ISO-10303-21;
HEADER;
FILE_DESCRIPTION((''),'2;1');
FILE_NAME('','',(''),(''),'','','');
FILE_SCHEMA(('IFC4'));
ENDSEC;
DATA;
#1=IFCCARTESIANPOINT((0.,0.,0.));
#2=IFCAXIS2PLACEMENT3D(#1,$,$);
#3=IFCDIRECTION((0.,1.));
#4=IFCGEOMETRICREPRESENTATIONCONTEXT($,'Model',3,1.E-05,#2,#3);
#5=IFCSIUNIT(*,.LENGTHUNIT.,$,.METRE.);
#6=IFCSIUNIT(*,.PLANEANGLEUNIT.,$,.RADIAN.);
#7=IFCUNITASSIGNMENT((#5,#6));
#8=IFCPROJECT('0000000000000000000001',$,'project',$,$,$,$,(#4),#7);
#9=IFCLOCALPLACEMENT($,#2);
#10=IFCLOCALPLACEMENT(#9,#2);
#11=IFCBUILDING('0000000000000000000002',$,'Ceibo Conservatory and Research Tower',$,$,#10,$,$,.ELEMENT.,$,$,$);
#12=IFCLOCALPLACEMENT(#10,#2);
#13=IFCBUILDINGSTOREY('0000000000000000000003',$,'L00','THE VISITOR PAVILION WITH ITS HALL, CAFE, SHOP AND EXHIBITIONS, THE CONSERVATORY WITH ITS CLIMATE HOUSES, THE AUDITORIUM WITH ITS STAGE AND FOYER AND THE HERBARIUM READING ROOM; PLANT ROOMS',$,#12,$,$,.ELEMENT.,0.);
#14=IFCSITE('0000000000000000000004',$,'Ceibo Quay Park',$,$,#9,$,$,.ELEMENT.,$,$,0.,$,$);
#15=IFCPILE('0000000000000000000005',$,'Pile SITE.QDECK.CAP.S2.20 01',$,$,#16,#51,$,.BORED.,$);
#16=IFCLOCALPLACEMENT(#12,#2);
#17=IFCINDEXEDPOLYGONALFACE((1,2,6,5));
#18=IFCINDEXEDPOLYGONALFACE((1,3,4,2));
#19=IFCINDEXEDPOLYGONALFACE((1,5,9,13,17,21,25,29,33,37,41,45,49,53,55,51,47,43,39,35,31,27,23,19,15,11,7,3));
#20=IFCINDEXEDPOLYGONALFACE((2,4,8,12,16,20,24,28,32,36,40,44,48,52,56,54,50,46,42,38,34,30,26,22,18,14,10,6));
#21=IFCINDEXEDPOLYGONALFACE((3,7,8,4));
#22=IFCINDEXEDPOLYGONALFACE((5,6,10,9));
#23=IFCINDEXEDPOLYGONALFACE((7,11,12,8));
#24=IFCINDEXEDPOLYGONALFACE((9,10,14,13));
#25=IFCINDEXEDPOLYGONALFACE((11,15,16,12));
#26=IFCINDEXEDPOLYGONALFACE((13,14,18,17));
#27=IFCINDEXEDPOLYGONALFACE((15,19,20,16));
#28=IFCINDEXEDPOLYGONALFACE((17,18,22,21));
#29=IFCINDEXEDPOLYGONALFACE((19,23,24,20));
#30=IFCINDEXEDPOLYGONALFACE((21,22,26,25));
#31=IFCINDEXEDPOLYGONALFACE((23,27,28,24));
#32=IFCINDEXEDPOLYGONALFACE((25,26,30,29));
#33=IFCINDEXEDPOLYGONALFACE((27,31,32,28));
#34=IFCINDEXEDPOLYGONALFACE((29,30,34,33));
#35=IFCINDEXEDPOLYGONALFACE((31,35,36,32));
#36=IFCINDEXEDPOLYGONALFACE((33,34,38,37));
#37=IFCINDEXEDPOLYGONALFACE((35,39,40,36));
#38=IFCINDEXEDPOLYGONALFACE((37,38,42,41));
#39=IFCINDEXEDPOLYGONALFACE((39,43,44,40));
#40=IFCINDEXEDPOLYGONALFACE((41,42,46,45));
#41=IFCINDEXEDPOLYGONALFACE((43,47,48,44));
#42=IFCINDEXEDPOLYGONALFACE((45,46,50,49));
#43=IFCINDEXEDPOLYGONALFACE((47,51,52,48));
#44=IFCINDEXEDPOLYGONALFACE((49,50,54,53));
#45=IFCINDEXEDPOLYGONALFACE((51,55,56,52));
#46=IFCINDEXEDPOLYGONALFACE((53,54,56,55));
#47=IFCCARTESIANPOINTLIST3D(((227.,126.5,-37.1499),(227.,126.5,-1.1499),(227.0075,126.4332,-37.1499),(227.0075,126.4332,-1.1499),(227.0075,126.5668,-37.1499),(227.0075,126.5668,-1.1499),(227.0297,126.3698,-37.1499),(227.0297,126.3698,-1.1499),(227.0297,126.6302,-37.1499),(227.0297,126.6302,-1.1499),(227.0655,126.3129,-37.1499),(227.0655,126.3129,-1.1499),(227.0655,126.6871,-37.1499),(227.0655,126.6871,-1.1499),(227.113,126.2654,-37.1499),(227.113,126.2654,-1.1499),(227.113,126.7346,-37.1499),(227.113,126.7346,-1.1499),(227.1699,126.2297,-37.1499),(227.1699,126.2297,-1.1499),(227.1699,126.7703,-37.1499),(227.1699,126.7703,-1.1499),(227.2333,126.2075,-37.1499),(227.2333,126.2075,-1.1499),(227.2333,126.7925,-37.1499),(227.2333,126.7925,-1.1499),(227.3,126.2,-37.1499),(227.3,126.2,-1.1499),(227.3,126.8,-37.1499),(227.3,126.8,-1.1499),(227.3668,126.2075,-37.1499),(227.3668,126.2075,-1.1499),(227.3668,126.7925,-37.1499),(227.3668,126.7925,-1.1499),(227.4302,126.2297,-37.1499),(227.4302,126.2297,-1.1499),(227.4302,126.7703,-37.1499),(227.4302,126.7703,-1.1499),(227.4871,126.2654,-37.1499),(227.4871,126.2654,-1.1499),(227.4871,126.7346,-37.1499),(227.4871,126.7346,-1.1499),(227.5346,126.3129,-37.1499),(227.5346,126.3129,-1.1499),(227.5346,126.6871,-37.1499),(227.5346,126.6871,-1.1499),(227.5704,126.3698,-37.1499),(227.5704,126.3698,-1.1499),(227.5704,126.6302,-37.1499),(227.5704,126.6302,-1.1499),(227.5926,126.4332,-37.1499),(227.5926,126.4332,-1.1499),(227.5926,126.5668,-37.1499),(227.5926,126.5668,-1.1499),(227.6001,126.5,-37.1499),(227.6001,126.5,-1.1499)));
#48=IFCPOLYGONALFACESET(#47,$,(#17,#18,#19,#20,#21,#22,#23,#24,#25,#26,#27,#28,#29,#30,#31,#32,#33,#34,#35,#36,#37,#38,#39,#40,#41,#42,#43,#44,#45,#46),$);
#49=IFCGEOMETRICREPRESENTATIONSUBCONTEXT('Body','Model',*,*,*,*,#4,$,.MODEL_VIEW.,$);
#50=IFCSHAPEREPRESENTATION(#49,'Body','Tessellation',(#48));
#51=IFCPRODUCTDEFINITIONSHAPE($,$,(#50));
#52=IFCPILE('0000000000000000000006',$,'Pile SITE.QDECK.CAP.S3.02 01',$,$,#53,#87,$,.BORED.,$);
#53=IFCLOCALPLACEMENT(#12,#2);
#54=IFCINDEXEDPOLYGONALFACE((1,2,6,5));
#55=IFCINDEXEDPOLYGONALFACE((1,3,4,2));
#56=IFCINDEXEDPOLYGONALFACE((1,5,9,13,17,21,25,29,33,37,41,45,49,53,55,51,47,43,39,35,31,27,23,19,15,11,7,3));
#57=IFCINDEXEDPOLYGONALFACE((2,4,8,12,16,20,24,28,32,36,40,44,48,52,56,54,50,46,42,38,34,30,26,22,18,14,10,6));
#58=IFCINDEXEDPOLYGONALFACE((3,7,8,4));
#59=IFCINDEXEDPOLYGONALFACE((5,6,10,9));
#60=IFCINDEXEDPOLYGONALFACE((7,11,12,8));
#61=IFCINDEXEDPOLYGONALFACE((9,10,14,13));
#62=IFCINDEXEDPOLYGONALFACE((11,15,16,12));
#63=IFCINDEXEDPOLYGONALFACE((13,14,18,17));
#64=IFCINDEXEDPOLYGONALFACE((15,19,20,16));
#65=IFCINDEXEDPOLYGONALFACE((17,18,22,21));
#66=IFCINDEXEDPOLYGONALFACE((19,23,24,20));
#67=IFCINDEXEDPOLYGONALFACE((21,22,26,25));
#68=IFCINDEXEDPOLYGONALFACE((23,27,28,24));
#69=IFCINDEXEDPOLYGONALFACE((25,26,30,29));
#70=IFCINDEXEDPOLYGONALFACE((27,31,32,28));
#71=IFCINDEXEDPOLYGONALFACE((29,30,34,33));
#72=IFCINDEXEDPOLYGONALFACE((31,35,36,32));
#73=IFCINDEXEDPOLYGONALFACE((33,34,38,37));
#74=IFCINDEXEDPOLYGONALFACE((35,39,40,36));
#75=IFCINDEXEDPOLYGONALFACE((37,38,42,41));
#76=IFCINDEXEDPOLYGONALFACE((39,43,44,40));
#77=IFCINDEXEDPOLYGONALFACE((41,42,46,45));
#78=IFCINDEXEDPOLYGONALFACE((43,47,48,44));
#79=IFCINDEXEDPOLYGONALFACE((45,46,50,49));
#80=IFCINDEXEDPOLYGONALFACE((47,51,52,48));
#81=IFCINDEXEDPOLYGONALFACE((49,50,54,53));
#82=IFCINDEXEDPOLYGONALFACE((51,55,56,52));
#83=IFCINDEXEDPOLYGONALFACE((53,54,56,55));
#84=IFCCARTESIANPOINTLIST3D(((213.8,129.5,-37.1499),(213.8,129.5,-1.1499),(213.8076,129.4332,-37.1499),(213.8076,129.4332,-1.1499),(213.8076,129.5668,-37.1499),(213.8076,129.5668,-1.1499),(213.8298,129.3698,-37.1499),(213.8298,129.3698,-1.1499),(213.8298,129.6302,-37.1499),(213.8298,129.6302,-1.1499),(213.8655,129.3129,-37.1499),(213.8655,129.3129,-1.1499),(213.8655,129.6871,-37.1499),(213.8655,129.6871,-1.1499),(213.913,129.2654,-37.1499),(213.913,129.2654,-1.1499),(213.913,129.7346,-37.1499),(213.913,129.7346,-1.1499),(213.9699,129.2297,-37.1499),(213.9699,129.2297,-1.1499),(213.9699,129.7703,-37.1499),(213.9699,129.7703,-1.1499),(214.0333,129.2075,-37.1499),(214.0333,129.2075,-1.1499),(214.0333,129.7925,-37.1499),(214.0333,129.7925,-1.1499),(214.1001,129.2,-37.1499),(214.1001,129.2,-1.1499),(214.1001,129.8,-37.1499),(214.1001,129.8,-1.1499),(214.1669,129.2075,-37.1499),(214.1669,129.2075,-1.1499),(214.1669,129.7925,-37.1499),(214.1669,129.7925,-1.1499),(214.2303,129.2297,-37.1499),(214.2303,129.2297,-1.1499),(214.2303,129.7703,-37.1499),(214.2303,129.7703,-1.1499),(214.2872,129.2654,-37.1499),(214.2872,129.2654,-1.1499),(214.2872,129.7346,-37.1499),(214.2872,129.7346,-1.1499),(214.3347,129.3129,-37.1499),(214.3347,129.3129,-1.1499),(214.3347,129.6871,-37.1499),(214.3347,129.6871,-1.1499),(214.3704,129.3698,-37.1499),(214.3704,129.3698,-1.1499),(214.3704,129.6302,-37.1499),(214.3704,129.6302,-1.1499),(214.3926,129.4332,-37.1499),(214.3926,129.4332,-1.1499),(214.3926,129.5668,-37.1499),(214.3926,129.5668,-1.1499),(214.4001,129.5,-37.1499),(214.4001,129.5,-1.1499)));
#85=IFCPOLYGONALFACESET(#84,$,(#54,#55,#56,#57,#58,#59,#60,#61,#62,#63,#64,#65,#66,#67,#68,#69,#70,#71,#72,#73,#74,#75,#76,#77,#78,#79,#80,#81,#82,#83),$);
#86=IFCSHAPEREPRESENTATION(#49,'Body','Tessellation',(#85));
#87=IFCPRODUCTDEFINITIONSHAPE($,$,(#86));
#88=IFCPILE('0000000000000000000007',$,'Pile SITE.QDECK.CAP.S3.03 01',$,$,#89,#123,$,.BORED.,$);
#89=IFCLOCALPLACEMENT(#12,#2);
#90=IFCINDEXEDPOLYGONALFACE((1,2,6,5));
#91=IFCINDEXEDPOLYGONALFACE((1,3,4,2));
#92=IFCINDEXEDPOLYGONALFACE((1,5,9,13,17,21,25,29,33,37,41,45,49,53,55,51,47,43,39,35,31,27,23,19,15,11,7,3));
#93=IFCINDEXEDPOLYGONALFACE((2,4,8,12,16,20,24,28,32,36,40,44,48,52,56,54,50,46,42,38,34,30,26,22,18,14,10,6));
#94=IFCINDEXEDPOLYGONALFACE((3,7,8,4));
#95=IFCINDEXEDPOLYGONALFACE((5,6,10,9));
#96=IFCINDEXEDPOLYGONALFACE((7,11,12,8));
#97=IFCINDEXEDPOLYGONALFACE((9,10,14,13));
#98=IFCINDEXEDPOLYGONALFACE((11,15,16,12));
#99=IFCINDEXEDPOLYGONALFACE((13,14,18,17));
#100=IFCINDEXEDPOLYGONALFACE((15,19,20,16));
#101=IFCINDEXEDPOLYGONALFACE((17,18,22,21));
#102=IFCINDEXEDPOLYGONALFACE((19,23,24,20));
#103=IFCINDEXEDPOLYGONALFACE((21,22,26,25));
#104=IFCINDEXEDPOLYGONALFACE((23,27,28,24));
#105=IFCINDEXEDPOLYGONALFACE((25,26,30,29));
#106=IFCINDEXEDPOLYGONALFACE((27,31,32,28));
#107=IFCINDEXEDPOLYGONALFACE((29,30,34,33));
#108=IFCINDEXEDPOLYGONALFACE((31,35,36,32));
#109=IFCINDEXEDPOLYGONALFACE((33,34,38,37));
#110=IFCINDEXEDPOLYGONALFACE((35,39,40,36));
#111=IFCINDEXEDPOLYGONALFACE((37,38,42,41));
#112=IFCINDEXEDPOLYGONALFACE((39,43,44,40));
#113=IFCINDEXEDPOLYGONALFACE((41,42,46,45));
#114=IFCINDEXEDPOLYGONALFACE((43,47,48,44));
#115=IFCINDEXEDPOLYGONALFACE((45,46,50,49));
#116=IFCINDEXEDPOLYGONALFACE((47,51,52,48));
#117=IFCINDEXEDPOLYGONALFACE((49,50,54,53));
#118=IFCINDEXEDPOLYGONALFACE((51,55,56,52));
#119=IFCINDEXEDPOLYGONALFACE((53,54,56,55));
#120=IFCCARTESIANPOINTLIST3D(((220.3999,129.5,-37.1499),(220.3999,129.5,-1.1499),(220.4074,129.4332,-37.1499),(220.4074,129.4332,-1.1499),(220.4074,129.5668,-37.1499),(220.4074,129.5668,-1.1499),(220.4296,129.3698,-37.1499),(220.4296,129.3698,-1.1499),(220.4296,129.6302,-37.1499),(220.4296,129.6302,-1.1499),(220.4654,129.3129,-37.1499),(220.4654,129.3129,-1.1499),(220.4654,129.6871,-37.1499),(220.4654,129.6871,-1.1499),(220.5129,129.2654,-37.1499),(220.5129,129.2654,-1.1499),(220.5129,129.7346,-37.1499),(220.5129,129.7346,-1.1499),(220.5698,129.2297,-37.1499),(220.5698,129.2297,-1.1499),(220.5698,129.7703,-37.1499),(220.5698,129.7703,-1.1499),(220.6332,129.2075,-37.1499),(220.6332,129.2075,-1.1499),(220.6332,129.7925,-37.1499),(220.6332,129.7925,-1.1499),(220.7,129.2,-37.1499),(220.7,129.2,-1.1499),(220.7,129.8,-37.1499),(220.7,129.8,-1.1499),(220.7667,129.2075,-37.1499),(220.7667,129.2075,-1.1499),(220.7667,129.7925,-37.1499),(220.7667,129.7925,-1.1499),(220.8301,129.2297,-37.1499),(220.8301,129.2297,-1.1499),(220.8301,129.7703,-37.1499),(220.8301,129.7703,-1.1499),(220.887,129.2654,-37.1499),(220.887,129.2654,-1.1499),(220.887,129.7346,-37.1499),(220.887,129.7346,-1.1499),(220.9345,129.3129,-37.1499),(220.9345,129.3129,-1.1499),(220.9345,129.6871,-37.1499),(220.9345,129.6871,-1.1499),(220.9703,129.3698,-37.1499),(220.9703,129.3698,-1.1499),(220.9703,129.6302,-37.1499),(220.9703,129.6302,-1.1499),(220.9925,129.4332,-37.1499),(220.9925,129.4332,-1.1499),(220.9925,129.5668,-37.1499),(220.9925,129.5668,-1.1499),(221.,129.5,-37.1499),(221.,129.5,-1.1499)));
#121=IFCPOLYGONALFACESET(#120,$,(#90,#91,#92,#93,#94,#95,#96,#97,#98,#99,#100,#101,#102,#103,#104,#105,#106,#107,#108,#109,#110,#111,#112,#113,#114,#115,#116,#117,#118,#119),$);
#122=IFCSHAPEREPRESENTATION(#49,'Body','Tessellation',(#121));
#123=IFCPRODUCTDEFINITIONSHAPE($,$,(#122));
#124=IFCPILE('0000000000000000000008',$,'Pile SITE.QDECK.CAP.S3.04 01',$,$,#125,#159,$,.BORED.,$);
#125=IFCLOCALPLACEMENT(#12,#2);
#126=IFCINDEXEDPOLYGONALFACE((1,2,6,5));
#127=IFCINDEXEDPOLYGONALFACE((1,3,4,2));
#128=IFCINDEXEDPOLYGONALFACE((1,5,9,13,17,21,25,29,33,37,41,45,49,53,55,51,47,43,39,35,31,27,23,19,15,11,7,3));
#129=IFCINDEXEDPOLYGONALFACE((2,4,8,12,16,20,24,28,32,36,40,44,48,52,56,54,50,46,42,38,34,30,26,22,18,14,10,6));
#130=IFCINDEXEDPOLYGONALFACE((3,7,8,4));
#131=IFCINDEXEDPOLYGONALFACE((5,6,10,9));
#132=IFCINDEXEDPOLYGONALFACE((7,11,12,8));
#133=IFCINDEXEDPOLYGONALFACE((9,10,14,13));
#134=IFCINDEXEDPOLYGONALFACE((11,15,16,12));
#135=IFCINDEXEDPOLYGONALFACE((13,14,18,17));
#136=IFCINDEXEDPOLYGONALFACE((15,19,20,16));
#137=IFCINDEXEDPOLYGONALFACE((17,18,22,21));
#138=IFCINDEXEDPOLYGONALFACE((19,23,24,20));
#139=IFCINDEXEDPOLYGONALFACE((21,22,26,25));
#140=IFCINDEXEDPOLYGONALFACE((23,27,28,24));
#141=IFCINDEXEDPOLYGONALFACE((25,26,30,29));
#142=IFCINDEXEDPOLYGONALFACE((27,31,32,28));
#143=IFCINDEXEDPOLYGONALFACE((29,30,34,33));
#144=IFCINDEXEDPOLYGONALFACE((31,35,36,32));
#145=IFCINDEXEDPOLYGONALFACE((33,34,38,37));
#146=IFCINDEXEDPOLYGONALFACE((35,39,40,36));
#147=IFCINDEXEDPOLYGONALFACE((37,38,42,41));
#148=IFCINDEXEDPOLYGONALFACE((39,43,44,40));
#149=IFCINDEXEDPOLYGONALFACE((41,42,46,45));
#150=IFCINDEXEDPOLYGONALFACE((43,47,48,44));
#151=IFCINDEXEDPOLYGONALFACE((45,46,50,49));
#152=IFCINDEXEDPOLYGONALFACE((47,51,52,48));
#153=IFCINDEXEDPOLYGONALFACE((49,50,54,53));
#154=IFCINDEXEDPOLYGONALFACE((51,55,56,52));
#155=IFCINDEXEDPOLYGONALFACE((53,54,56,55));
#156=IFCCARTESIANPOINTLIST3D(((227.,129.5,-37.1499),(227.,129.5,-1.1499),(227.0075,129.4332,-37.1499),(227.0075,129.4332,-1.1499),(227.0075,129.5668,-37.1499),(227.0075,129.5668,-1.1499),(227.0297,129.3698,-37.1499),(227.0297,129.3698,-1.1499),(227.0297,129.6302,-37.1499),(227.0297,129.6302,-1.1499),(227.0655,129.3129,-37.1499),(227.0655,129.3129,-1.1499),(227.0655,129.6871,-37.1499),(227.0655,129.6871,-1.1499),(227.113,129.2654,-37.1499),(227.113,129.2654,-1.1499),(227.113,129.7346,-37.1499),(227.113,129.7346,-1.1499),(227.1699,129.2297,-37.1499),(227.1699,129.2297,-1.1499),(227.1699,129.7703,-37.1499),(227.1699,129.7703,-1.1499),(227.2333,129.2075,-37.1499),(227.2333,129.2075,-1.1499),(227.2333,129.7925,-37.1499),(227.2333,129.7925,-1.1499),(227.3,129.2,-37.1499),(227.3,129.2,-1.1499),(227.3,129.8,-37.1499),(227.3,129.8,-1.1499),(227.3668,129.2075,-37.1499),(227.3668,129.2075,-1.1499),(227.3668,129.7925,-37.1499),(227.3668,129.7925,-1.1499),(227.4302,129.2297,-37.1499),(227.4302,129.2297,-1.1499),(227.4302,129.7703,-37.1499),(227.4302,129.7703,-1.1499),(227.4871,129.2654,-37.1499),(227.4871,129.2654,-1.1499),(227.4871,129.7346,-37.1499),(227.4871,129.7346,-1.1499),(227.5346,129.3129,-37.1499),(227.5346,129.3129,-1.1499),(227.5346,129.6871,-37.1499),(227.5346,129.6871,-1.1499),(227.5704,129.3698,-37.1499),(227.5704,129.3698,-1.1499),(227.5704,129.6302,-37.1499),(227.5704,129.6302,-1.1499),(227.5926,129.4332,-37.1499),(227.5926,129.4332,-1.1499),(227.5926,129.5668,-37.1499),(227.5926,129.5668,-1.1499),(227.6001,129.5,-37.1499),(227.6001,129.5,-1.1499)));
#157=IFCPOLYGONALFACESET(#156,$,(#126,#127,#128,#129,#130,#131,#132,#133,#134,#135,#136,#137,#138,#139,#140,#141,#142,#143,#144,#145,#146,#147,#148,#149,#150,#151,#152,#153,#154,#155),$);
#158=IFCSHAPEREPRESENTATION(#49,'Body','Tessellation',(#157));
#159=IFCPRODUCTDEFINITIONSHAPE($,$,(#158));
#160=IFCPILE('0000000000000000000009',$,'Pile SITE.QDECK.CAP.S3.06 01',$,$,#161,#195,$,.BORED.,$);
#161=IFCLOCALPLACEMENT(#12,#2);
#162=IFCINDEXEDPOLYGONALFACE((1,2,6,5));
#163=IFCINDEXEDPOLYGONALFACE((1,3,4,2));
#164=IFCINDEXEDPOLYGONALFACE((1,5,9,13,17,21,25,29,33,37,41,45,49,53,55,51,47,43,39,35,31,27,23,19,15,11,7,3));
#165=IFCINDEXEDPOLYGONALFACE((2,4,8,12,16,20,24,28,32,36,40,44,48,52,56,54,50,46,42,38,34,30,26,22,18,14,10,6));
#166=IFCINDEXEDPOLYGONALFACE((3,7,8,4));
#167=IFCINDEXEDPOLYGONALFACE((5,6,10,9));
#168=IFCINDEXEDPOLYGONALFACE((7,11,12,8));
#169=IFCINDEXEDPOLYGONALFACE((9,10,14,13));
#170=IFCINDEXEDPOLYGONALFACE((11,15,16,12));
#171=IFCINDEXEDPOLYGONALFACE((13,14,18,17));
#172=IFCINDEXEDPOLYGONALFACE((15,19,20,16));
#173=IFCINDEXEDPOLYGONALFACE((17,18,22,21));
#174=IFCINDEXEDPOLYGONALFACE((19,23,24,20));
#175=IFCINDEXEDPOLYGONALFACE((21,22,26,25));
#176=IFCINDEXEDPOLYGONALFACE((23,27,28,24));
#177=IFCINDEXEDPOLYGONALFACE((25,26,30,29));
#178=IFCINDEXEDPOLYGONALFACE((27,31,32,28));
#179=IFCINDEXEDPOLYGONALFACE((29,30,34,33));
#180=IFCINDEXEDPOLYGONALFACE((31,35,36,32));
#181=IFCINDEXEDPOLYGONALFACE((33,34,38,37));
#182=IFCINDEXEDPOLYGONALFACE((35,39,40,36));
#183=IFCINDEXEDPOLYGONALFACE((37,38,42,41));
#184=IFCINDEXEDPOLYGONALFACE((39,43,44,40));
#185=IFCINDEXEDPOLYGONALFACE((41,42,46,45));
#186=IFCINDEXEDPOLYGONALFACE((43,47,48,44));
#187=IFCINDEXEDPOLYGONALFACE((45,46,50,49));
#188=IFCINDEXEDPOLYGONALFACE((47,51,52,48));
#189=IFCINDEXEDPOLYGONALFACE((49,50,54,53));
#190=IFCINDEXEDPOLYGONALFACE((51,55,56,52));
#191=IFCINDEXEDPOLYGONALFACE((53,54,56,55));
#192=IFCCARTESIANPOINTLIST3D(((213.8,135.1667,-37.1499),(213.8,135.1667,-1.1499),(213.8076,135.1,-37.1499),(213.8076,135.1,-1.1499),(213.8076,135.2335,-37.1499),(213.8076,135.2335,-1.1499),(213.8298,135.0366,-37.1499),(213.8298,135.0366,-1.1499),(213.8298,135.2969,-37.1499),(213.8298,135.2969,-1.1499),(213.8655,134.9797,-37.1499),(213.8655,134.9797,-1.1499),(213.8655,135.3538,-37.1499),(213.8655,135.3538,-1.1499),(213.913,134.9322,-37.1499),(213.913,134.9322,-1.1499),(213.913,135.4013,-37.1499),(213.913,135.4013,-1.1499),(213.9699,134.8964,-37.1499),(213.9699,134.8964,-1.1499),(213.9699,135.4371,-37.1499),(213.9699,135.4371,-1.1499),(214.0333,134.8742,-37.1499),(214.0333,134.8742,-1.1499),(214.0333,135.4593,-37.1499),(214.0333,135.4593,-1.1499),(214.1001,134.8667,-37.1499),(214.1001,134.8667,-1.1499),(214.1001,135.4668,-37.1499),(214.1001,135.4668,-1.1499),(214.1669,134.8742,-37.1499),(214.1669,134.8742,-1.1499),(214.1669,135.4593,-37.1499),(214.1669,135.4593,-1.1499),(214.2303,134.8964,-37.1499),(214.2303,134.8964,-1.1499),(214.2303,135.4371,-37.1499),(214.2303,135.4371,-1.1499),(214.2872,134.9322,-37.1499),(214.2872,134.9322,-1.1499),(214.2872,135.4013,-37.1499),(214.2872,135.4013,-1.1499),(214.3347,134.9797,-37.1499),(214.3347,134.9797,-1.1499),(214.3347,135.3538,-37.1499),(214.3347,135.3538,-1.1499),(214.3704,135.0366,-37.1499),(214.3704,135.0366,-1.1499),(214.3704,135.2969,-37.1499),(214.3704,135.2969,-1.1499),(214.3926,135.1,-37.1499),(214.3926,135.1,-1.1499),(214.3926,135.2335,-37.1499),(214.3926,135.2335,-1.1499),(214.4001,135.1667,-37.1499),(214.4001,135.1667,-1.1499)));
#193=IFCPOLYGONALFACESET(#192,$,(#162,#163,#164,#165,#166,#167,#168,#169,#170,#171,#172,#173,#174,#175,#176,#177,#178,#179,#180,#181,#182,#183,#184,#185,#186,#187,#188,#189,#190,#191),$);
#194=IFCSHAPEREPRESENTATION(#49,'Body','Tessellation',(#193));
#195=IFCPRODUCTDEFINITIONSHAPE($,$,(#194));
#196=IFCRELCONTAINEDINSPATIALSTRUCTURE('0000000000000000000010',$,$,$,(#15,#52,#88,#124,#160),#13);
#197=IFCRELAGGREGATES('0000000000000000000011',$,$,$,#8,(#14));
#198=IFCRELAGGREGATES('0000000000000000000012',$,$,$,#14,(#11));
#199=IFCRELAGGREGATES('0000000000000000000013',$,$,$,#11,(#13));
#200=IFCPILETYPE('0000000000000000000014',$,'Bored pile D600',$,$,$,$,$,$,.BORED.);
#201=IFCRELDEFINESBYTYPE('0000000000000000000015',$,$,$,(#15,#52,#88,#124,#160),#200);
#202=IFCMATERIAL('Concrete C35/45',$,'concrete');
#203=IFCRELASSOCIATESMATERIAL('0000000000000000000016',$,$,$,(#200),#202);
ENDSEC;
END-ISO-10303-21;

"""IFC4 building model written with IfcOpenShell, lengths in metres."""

from ifc_helpers import new_model, si_unit, direction, frame, origin, origin_2d, place, context, subcontext, project, spatial, circle, extrude, material, material_profile, profile_set, type_object, element, save


model = new_model("IFC4")

# Units and contexts
model_context = context("Model", 3, precision=1e-05, world=origin(), true_north=direction((0.0, 1.0)))
body_context = subcontext(model_context, "Body", "Model", "MODEL_VIEW")
ifc_project = project(units=[si_unit("LENGTHUNIT", "METRE"), si_unit("PLANEANGLEUNIT", "RADIAN")], contexts=[model_context])

# Site, building, storey
site_placement = place(None, origin())
site = spatial("IfcSite", under=ifc_project, at=site_placement, Name="Ceibo Quay Park", CompositionType="ELEMENT", RefElevation=0.0)
building_placement = place(site_placement, origin())
building = spatial("IfcBuilding", under=site, at=building_placement, Name="Ceibo Conservatory and Research Tower", CompositionType="ELEMENT")
storey_placement = place(building_placement, origin())
storey = spatial("IfcBuildingStorey", under=building, at=storey_placement, Name="L00", Description="THE VISITOR PAVILION WITH ITS HALL, CAFE, SHOP AND EXHIBITIONS, THE CONSERVATORY WITH ITS CLIMATE HOUSES, THE AUDITORIUM WITH ITS STAGE AND FOYER AND THE HERBARIUM READING ROOM; PLANT ROOMS", CompositionType="ELEMENT", Elevation=0.0)

# Piles
ifc_material = material(Name="Concrete C35/45", Category="concrete")
ifc_material_profile = material_profile(ifc_material, circle(Radius=0.3, at=origin_2d()), Name="RC D600")
ifc_profile_set = profile_set([ifc_material_profile], Name="Concrete C35/45")
pile_type = type_object("IfcPileType", Name="Bored pile D600", PredefinedType="BORED", material=ifc_profile_set)
for number, where, z_axis, x_axis, name in (
    (1, (227.3, 126.5, -1.1499), (0.0, 0.0, -1.0), (1.0, 0.0, 0.0), "Pile SITE.QDECK.CAP.S2.20 01"),
    (2, (214.1001, 129.5, -1.1499), (0.0, 0.0, -1.0), (1.0, 0.0, 0.0), "Pile SITE.QDECK.CAP.S3.02 01"),
    (3, (220.7, 129.5, -1.1499), (0.0, 0.0, -1.0), (1.0, 0.0, 0.0), "Pile SITE.QDECK.CAP.S3.03 01"),
    (4, (227.3, 129.5, -1.1499), (0.0, 0.0, -1.0), (1.0, 0.0, 0.0), "Pile SITE.QDECK.CAP.S3.04 01"),
    (5, (214.1001, 135.1667, -1.1499), (0.0, 0.0, -1.0), (1.0, 0.0, 0.0), "Pile SITE.QDECK.CAP.S3.06 01"),
):
    element("IfcPile", number, at=place(storey_placement, frame(where, z_axis=z_axis, x_axis=x_axis)), inside=storey, type_object=pile_type, Name=name, PredefinedType="BORED", context=body_context, shape_type="SweptSolid", body=[
        extrude(circle(Radius=0.3, at=origin_2d()), origin(), (0.0, 0.0, 1.0), 36.0),
    ])

save(model, "model.ifc")
